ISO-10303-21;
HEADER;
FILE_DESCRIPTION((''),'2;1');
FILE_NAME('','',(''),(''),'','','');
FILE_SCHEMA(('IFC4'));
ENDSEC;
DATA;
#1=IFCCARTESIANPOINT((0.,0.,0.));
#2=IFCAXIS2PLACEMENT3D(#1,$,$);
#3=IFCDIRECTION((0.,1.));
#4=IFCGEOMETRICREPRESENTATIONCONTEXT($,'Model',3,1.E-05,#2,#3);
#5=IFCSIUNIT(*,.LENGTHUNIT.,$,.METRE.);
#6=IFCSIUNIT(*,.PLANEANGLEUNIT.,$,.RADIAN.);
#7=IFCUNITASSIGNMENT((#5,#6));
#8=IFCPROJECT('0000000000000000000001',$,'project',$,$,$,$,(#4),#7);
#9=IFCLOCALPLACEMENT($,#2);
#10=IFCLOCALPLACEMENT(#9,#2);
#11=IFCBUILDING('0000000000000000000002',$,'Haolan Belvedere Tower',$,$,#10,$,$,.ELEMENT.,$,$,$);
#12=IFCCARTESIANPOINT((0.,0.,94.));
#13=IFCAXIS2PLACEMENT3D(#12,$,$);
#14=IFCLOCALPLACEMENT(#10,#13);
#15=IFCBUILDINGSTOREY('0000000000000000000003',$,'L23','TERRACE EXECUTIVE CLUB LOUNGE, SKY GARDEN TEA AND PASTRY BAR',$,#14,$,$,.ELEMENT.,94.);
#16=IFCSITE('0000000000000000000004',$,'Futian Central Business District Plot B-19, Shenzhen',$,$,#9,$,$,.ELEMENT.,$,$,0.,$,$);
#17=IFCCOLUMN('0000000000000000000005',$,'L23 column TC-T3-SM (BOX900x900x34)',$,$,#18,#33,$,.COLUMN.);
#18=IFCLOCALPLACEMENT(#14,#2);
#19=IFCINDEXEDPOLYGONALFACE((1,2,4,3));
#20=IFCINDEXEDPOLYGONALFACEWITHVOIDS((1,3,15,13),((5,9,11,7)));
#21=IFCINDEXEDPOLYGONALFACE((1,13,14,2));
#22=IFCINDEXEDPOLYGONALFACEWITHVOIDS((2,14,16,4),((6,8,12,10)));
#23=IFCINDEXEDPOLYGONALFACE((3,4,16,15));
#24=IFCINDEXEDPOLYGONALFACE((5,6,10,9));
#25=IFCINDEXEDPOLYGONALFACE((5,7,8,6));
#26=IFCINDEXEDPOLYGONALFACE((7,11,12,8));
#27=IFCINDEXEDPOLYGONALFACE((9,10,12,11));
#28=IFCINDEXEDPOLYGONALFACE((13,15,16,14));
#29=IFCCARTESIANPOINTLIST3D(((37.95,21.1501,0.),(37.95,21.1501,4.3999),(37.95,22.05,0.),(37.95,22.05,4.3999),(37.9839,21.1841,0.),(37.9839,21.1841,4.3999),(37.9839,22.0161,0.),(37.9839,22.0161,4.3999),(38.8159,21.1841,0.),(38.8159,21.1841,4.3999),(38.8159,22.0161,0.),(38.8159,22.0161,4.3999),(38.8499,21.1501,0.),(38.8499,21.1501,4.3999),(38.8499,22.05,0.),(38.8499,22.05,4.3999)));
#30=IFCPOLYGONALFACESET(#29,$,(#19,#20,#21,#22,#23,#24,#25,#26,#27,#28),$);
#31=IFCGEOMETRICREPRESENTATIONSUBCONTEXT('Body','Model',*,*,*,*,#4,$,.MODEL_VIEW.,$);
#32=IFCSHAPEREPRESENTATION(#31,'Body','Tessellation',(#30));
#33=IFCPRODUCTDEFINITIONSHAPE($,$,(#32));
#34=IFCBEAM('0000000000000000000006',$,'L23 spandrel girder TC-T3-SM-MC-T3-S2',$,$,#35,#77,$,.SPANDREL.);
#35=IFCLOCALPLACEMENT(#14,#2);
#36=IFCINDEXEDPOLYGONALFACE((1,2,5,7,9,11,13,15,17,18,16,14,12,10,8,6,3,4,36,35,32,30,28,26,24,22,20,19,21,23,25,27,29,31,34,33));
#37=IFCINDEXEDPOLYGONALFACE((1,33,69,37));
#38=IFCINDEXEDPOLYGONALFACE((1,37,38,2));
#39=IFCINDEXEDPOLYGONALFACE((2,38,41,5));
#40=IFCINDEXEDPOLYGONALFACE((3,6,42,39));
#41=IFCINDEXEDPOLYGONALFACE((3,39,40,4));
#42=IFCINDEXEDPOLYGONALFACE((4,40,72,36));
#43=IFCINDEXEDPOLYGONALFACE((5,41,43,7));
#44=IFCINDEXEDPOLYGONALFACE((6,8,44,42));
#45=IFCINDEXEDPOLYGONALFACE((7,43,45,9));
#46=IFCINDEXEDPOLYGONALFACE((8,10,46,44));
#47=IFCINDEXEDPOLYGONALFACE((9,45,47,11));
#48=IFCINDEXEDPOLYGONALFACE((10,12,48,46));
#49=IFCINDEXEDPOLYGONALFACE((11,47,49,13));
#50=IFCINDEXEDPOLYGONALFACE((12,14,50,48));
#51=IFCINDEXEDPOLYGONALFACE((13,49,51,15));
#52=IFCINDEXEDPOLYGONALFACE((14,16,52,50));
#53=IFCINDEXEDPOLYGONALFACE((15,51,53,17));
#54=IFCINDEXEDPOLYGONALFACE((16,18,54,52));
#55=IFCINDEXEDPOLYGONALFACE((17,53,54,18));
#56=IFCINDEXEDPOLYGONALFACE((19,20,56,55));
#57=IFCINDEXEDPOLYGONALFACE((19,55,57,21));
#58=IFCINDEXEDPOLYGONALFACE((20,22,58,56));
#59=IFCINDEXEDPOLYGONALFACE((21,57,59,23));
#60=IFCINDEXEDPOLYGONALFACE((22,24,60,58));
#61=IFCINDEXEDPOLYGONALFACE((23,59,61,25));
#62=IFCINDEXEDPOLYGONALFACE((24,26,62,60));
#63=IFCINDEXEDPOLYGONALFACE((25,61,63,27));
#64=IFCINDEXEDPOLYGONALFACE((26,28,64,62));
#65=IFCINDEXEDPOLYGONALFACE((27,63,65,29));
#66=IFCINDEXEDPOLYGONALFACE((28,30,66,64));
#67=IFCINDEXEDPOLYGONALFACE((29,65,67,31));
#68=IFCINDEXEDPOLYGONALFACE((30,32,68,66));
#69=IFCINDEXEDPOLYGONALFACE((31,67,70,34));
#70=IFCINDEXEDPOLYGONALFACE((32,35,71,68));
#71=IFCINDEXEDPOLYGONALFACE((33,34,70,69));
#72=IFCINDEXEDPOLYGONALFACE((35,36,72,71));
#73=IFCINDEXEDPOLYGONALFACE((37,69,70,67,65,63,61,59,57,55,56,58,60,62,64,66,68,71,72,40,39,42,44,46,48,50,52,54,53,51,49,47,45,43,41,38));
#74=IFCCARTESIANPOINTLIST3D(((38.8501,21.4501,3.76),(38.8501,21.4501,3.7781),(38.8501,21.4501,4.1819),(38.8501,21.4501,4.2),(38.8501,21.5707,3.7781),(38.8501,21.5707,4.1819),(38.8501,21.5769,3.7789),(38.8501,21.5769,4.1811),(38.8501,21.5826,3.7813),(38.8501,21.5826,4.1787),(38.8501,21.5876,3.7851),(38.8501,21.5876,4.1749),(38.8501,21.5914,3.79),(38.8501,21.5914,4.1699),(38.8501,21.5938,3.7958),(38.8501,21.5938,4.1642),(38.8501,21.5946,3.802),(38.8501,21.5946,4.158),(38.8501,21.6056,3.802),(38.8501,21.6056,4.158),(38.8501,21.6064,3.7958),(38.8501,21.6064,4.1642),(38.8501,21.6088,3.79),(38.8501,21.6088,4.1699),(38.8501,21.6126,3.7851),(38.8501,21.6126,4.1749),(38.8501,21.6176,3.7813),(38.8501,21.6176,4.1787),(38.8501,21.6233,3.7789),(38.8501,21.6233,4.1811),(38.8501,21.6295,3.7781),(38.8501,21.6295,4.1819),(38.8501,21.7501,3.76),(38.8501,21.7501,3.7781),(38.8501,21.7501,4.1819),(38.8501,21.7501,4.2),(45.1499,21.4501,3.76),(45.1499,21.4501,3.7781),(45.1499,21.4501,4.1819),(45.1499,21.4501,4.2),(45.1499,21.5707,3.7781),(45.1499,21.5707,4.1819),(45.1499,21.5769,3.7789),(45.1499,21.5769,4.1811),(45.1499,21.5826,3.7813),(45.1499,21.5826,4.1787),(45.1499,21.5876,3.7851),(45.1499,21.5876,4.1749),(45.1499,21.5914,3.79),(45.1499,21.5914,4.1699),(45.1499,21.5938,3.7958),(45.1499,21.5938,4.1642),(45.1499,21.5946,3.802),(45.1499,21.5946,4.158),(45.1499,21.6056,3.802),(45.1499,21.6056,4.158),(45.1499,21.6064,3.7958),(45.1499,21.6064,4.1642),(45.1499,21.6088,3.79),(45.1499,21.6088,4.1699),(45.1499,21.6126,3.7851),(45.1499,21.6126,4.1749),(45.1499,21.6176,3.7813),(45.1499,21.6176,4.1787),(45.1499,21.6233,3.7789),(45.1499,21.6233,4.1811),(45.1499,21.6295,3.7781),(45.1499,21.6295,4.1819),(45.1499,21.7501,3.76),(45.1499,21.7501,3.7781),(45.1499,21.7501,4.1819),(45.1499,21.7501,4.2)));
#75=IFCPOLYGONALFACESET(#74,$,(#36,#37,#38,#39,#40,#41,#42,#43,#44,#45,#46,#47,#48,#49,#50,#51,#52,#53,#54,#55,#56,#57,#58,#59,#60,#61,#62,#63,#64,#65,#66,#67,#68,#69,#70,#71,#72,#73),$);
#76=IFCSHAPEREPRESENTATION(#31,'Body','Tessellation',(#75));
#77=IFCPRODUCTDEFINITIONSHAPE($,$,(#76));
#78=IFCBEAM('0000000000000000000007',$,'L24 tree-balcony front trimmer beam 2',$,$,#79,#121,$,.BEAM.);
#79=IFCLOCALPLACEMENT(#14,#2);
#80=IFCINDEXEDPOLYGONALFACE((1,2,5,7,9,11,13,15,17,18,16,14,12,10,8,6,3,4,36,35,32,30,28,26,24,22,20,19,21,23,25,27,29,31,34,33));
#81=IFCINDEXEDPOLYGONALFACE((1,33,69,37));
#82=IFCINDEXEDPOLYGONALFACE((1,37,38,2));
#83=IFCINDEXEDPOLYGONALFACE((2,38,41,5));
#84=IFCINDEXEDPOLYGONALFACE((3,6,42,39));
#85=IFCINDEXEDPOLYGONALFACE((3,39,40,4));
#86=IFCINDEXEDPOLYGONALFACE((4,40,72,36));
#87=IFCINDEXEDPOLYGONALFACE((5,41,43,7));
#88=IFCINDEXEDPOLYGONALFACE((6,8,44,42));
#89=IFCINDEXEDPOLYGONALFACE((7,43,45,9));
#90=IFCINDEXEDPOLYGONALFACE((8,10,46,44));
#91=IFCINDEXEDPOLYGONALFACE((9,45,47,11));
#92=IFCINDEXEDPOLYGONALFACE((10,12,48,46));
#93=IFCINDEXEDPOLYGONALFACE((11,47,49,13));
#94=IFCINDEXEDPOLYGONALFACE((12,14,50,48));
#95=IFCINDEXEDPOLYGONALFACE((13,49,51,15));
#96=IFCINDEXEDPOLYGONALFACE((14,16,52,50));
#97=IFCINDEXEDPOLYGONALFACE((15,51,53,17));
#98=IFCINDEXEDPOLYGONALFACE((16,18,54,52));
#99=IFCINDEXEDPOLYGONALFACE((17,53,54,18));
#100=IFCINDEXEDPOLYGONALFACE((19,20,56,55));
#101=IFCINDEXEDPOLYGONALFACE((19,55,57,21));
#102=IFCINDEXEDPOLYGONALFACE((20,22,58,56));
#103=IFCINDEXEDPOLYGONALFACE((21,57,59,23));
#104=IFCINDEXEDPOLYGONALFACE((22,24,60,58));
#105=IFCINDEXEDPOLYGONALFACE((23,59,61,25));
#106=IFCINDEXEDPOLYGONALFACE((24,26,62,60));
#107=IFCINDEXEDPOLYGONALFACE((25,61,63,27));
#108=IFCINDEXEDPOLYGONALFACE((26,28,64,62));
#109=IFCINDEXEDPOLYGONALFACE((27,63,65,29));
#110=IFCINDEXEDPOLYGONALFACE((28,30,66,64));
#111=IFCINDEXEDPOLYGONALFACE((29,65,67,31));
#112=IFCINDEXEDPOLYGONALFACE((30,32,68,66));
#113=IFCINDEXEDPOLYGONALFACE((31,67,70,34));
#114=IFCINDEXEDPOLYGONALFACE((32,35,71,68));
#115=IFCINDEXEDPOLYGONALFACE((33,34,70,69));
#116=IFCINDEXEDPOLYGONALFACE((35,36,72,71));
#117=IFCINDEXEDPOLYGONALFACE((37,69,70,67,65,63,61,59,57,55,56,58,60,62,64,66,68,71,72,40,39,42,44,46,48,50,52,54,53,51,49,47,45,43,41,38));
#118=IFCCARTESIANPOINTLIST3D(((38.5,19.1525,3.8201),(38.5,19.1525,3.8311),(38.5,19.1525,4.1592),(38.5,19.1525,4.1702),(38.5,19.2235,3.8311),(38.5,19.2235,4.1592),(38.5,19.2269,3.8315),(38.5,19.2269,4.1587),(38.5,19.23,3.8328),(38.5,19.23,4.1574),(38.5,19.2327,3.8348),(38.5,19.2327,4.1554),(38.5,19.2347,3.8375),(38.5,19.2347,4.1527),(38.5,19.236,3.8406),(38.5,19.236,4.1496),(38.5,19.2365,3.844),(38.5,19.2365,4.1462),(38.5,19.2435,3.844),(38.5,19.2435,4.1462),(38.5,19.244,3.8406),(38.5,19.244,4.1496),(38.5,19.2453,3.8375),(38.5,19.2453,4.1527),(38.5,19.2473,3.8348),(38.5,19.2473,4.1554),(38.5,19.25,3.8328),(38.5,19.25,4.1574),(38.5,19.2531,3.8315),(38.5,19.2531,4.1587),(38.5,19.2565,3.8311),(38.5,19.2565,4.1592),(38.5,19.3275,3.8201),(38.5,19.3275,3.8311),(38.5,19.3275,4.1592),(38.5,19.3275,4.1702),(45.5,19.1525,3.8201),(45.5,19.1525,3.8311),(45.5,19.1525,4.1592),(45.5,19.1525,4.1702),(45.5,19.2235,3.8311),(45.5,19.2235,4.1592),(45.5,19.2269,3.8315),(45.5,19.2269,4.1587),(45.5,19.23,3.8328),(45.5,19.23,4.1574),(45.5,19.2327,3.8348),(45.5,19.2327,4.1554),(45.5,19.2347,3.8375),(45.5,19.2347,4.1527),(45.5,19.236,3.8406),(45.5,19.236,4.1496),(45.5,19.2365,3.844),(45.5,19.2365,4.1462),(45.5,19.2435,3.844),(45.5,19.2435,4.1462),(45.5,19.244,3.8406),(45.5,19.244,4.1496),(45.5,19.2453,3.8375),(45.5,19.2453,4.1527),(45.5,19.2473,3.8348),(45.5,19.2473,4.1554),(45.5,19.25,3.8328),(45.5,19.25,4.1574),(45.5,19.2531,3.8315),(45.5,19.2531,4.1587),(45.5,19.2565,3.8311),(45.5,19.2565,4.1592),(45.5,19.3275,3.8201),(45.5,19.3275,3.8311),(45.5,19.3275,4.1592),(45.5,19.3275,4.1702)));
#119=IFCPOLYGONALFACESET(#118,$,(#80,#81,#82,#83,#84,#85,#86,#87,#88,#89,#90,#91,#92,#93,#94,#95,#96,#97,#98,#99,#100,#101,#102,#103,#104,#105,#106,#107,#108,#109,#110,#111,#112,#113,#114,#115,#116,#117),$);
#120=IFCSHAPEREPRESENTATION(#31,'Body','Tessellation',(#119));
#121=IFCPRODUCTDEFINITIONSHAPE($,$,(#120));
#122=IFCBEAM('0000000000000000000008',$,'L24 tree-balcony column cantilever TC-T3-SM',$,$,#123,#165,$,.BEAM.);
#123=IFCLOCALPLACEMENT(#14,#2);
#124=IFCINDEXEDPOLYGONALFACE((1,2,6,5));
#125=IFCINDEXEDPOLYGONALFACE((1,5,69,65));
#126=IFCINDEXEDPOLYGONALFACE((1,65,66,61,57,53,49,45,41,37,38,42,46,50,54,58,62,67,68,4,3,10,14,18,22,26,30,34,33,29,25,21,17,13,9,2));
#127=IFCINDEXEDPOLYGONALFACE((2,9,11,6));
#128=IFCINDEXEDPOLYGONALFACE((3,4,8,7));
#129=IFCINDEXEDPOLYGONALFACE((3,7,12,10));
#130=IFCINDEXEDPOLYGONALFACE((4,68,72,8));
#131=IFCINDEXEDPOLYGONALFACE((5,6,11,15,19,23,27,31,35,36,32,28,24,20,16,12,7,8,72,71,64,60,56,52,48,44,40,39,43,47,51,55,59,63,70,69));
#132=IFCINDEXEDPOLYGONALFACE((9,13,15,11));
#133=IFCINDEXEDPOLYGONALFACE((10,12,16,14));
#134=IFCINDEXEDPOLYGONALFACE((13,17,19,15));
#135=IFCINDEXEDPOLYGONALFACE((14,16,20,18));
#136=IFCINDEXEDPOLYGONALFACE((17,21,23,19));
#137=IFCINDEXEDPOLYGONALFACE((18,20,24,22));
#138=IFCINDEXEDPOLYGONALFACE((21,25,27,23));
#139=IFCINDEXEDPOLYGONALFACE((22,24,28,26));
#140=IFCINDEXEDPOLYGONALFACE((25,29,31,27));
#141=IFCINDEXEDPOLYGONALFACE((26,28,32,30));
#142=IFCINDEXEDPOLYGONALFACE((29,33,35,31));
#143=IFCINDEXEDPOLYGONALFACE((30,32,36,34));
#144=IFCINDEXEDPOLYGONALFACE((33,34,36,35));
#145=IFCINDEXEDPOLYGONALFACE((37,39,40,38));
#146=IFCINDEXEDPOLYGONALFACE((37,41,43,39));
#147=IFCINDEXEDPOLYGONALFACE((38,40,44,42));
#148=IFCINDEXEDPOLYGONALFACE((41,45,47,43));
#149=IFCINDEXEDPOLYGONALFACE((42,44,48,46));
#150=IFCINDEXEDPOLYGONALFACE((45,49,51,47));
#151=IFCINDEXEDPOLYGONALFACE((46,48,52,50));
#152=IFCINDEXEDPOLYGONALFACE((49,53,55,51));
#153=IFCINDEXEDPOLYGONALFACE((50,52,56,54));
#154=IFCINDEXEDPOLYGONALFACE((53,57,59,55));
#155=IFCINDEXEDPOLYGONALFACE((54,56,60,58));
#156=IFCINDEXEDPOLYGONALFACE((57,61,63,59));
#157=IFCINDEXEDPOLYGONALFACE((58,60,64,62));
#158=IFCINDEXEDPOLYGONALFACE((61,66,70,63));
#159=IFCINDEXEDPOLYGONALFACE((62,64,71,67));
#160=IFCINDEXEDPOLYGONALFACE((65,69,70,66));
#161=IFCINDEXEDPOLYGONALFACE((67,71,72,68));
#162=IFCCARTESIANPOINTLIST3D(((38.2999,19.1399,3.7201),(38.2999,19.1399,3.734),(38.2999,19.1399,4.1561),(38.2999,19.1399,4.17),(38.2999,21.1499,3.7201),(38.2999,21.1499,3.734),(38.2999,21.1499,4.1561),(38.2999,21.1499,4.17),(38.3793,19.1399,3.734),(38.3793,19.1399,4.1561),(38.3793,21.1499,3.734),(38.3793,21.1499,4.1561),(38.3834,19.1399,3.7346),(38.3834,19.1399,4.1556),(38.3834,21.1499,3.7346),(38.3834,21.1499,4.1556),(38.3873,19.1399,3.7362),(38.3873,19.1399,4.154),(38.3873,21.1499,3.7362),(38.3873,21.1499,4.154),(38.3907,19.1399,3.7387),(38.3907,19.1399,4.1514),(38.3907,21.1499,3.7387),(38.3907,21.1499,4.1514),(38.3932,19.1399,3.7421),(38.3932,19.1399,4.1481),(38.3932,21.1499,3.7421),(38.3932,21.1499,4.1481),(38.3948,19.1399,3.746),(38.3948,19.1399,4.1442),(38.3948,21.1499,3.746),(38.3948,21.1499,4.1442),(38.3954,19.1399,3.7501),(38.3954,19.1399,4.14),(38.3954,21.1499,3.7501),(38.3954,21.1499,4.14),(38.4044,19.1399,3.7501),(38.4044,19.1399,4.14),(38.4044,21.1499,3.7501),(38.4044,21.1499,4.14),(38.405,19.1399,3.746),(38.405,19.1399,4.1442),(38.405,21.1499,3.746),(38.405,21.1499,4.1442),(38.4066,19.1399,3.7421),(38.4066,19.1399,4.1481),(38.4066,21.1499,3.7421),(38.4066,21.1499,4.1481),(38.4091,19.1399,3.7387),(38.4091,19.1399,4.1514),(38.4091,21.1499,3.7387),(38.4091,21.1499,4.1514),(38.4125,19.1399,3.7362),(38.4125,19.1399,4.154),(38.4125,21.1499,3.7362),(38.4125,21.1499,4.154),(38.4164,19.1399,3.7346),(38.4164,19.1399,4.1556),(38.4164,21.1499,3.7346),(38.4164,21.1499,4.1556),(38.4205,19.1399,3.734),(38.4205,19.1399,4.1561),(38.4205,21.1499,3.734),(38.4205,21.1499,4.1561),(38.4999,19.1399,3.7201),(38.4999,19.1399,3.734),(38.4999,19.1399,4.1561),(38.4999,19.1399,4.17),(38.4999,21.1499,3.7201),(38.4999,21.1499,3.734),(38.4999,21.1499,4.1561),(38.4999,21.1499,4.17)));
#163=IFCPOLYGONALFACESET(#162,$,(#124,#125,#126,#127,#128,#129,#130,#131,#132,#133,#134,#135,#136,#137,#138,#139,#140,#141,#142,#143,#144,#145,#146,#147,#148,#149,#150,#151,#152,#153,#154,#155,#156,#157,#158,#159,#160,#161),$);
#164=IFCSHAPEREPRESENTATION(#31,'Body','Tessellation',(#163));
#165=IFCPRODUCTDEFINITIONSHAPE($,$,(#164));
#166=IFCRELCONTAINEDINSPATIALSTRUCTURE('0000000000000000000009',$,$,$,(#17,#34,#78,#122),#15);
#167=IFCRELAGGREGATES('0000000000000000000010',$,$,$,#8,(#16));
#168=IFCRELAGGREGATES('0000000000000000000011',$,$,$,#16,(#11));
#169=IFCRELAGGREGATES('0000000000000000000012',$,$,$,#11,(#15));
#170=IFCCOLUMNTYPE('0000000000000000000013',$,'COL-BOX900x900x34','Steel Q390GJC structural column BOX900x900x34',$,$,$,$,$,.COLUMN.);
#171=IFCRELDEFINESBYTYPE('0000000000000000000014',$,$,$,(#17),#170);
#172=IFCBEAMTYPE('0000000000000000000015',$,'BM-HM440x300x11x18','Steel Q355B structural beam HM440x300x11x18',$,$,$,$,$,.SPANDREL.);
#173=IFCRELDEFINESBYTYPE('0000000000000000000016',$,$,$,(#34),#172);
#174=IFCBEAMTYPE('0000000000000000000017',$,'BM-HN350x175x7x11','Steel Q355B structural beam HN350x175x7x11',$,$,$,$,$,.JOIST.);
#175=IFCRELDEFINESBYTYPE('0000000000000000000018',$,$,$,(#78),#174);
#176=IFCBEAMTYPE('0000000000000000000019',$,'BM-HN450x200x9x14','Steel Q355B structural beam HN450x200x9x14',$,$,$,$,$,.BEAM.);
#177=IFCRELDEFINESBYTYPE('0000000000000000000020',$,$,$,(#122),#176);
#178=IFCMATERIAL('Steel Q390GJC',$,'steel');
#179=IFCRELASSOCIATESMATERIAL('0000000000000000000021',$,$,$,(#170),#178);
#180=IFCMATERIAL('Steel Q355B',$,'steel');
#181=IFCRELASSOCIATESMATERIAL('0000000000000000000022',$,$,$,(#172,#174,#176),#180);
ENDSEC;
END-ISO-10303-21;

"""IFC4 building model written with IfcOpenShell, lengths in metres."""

from ifc_helpers import new_model, si_unit, direction, frame, origin, origin_2d, place, context, subcontext, project, spatial, hollow_rectangle, i_section, extrude, material, material_profile, profile_set, type_object, element, save


model = new_model("IFC4")

# Units and contexts
model_context = context("Model", 3, precision=1e-05, world=origin(), true_north=direction((0.0, 1.0)))
body_context = subcontext(model_context, "Body", "Model", "MODEL_VIEW")
ifc_project = project(units=[si_unit("LENGTHUNIT", "METRE"), si_unit("PLANEANGLEUNIT", "RADIAN")], contexts=[model_context])

# Site, building, storey
site_placement = place(None, origin())
site = spatial("IfcSite", under=ifc_project, at=site_placement, Name="Futian Central Business District Plot B-19, Shenzhen", CompositionType="ELEMENT", RefElevation=0.0)
building_placement = place(site_placement, origin())
building = spatial("IfcBuilding", under=site, at=building_placement, Name="Haolan Belvedere Tower", CompositionType="ELEMENT")
storey_placement = place(building_placement, frame((0.0, 0.0, 94.0)))
storey = spatial("IfcBuildingStorey", under=building, at=storey_placement, Name="L23", Description="TERRACE EXECUTIVE CLUB LOUNGE, SKY GARDEN TEA AND PASTRY BAR", CompositionType="ELEMENT", Elevation=94.0)

# Column
ifc_material_1 = material(Name="Steel Q390GJC", Category="steel")
ifc_material_profile_1 = material_profile(ifc_material_1, hollow_rectangle(XDim=0.8999, YDim=0.8999, WallThickness=0.0339, at=origin_2d()), Name="Steel Q390GJC")
ifc_profile_set_1 = profile_set([ifc_material_profile_1], Name="Steel Q390GJC")
column_type = type_object("IfcColumnType", Name="COL-BOX900x900x34", Description="Steel Q390GJC structural column BOX900x900x34", PredefinedType="COLUMN", material=ifc_profile_set_1)
column_placement = place(storey_placement, frame((38.3999, 21.6001, 0.0), z_axis=(0.0, 0.0, 1.0), x_axis=(1.0, 0.0, 0.0)))
element("IfcColumn", 1, at=column_placement, inside=storey, type_object=column_type, Name="L23 column TC-T3-SM (BOX900x900x34)", PredefinedType="COLUMN", context=body_context, shape_type="SweptSolid", body=[
    extrude(hollow_rectangle(XDim=0.8999, YDim=0.8999, WallThickness=0.0339, at=origin_2d()), origin(), (0.0, 0.0, 1.0), 4.3999),
])

# Beams
ifc_material_2 = material(Name="Steel Q355B", Category="steel")
ifc_material_profile_2 = material_profile(ifc_material_2, i_section(OverallWidth=0.3, OverallDepth=0.4399, WebThickness=0.011, FlangeThickness=0.0181, FilletRadius=0.0239, at=origin_2d()), Name="Steel Q355B")
ifc_profile_set_2 = profile_set([ifc_material_profile_2], Name="Steel Q355B")
beam_type_1 = type_object("IfcBeamType", Name="BM-HM440x300x11x18", Description="Steel Q355B structural beam HM440x300x11x18", PredefinedType="SPANDREL", material=ifc_profile_set_2)
beam_1_placement = place(storey_placement, frame((38.8501, 21.6001, 3.98), z_axis=(1.0, 0.0, 0.0), x_axis=(0.0, 1.0, 0.0)))
element("IfcBeam", 2, at=beam_1_placement, inside=storey, type_object=beam_type_1, Name="L23 spandrel girder TC-T3-SM-MC-T3-S2", PredefinedType="SPANDREL", context=body_context, shape_type="SweptSolid", body=[
    extrude(i_section(OverallWidth=0.3, OverallDepth=0.4399, WebThickness=0.011, FlangeThickness=0.0181, FilletRadius=0.0239, at=origin_2d()), origin(), (0.0, 0.0, 1.0), 6.2998),
])
ifc_material_profile_3 = material_profile(ifc_material_2, i_section(OverallWidth=0.175, OverallDepth=0.3501, WebThickness=0.0071, FlangeThickness=0.011, FilletRadius=0.0129, at=origin_2d()), Name="Steel Q355B")
ifc_profile_set_3 = profile_set([ifc_material_profile_3], Name="Steel Q355B")
beam_type_2 = type_object("IfcBeamType", Name="BM-HN350x175x7x11", Description="Steel Q355B structural beam HN350x175x7x11", PredefinedType="JOIST", material=ifc_profile_set_3)
beam_2_placement = place(storey_placement, frame((38.5, 19.24, 3.9951), z_axis=(1.0, 0.0, 0.0), x_axis=(0.0, 1.0, 0.0)))
element("IfcBeam", 3, at=beam_2_placement, inside=storey, type_object=beam_type_2, Name="L24 tree-balcony front trimmer beam 2", PredefinedType="BEAM", context=body_context, shape_type="SweptSolid", body=[
    extrude(i_section(OverallWidth=0.175, OverallDepth=0.3501, WebThickness=0.0071, FlangeThickness=0.011, FilletRadius=0.0129, at=origin_2d()), origin(), (0.0, 0.0, 1.0), 7.0),
])
ifc_material_profile_4 = material_profile(ifc_material_2, i_section(OverallWidth=0.2, OverallDepth=0.45, WebThickness=0.009, FlangeThickness=0.0139, FilletRadius=0.0161, at=origin_2d()), Name="Steel Q355B")
ifc_profile_set_4 = profile_set([ifc_material_profile_4], Name="Steel Q355B")
beam_type_3 = type_object("IfcBeamType", Name="BM-HN450x200x9x14", Description="Steel Q355B structural beam HN450x200x9x14", PredefinedType="BEAM", material=ifc_profile_set_4)
beam_3_placement = place(storey_placement, frame((38.3999, 21.1499, 3.9451), z_axis=(0.0, -1.0, 0.0), x_axis=(1.0, 0.0, 0.0)))
element("IfcBeam", 4, at=beam_3_placement, inside=storey, type_object=beam_type_3, Name="L24 tree-balcony column cantilever TC-T3-SM", PredefinedType="BEAM", context=body_context, shape_type="SweptSolid", body=[
    extrude(i_section(OverallWidth=0.2, OverallDepth=0.45, WebThickness=0.009, FlangeThickness=0.0139, FilletRadius=0.0161, at=origin_2d()), origin(), (0.0, 0.0, 1.0), 2.01),
])

save(model, "model.ifc")
